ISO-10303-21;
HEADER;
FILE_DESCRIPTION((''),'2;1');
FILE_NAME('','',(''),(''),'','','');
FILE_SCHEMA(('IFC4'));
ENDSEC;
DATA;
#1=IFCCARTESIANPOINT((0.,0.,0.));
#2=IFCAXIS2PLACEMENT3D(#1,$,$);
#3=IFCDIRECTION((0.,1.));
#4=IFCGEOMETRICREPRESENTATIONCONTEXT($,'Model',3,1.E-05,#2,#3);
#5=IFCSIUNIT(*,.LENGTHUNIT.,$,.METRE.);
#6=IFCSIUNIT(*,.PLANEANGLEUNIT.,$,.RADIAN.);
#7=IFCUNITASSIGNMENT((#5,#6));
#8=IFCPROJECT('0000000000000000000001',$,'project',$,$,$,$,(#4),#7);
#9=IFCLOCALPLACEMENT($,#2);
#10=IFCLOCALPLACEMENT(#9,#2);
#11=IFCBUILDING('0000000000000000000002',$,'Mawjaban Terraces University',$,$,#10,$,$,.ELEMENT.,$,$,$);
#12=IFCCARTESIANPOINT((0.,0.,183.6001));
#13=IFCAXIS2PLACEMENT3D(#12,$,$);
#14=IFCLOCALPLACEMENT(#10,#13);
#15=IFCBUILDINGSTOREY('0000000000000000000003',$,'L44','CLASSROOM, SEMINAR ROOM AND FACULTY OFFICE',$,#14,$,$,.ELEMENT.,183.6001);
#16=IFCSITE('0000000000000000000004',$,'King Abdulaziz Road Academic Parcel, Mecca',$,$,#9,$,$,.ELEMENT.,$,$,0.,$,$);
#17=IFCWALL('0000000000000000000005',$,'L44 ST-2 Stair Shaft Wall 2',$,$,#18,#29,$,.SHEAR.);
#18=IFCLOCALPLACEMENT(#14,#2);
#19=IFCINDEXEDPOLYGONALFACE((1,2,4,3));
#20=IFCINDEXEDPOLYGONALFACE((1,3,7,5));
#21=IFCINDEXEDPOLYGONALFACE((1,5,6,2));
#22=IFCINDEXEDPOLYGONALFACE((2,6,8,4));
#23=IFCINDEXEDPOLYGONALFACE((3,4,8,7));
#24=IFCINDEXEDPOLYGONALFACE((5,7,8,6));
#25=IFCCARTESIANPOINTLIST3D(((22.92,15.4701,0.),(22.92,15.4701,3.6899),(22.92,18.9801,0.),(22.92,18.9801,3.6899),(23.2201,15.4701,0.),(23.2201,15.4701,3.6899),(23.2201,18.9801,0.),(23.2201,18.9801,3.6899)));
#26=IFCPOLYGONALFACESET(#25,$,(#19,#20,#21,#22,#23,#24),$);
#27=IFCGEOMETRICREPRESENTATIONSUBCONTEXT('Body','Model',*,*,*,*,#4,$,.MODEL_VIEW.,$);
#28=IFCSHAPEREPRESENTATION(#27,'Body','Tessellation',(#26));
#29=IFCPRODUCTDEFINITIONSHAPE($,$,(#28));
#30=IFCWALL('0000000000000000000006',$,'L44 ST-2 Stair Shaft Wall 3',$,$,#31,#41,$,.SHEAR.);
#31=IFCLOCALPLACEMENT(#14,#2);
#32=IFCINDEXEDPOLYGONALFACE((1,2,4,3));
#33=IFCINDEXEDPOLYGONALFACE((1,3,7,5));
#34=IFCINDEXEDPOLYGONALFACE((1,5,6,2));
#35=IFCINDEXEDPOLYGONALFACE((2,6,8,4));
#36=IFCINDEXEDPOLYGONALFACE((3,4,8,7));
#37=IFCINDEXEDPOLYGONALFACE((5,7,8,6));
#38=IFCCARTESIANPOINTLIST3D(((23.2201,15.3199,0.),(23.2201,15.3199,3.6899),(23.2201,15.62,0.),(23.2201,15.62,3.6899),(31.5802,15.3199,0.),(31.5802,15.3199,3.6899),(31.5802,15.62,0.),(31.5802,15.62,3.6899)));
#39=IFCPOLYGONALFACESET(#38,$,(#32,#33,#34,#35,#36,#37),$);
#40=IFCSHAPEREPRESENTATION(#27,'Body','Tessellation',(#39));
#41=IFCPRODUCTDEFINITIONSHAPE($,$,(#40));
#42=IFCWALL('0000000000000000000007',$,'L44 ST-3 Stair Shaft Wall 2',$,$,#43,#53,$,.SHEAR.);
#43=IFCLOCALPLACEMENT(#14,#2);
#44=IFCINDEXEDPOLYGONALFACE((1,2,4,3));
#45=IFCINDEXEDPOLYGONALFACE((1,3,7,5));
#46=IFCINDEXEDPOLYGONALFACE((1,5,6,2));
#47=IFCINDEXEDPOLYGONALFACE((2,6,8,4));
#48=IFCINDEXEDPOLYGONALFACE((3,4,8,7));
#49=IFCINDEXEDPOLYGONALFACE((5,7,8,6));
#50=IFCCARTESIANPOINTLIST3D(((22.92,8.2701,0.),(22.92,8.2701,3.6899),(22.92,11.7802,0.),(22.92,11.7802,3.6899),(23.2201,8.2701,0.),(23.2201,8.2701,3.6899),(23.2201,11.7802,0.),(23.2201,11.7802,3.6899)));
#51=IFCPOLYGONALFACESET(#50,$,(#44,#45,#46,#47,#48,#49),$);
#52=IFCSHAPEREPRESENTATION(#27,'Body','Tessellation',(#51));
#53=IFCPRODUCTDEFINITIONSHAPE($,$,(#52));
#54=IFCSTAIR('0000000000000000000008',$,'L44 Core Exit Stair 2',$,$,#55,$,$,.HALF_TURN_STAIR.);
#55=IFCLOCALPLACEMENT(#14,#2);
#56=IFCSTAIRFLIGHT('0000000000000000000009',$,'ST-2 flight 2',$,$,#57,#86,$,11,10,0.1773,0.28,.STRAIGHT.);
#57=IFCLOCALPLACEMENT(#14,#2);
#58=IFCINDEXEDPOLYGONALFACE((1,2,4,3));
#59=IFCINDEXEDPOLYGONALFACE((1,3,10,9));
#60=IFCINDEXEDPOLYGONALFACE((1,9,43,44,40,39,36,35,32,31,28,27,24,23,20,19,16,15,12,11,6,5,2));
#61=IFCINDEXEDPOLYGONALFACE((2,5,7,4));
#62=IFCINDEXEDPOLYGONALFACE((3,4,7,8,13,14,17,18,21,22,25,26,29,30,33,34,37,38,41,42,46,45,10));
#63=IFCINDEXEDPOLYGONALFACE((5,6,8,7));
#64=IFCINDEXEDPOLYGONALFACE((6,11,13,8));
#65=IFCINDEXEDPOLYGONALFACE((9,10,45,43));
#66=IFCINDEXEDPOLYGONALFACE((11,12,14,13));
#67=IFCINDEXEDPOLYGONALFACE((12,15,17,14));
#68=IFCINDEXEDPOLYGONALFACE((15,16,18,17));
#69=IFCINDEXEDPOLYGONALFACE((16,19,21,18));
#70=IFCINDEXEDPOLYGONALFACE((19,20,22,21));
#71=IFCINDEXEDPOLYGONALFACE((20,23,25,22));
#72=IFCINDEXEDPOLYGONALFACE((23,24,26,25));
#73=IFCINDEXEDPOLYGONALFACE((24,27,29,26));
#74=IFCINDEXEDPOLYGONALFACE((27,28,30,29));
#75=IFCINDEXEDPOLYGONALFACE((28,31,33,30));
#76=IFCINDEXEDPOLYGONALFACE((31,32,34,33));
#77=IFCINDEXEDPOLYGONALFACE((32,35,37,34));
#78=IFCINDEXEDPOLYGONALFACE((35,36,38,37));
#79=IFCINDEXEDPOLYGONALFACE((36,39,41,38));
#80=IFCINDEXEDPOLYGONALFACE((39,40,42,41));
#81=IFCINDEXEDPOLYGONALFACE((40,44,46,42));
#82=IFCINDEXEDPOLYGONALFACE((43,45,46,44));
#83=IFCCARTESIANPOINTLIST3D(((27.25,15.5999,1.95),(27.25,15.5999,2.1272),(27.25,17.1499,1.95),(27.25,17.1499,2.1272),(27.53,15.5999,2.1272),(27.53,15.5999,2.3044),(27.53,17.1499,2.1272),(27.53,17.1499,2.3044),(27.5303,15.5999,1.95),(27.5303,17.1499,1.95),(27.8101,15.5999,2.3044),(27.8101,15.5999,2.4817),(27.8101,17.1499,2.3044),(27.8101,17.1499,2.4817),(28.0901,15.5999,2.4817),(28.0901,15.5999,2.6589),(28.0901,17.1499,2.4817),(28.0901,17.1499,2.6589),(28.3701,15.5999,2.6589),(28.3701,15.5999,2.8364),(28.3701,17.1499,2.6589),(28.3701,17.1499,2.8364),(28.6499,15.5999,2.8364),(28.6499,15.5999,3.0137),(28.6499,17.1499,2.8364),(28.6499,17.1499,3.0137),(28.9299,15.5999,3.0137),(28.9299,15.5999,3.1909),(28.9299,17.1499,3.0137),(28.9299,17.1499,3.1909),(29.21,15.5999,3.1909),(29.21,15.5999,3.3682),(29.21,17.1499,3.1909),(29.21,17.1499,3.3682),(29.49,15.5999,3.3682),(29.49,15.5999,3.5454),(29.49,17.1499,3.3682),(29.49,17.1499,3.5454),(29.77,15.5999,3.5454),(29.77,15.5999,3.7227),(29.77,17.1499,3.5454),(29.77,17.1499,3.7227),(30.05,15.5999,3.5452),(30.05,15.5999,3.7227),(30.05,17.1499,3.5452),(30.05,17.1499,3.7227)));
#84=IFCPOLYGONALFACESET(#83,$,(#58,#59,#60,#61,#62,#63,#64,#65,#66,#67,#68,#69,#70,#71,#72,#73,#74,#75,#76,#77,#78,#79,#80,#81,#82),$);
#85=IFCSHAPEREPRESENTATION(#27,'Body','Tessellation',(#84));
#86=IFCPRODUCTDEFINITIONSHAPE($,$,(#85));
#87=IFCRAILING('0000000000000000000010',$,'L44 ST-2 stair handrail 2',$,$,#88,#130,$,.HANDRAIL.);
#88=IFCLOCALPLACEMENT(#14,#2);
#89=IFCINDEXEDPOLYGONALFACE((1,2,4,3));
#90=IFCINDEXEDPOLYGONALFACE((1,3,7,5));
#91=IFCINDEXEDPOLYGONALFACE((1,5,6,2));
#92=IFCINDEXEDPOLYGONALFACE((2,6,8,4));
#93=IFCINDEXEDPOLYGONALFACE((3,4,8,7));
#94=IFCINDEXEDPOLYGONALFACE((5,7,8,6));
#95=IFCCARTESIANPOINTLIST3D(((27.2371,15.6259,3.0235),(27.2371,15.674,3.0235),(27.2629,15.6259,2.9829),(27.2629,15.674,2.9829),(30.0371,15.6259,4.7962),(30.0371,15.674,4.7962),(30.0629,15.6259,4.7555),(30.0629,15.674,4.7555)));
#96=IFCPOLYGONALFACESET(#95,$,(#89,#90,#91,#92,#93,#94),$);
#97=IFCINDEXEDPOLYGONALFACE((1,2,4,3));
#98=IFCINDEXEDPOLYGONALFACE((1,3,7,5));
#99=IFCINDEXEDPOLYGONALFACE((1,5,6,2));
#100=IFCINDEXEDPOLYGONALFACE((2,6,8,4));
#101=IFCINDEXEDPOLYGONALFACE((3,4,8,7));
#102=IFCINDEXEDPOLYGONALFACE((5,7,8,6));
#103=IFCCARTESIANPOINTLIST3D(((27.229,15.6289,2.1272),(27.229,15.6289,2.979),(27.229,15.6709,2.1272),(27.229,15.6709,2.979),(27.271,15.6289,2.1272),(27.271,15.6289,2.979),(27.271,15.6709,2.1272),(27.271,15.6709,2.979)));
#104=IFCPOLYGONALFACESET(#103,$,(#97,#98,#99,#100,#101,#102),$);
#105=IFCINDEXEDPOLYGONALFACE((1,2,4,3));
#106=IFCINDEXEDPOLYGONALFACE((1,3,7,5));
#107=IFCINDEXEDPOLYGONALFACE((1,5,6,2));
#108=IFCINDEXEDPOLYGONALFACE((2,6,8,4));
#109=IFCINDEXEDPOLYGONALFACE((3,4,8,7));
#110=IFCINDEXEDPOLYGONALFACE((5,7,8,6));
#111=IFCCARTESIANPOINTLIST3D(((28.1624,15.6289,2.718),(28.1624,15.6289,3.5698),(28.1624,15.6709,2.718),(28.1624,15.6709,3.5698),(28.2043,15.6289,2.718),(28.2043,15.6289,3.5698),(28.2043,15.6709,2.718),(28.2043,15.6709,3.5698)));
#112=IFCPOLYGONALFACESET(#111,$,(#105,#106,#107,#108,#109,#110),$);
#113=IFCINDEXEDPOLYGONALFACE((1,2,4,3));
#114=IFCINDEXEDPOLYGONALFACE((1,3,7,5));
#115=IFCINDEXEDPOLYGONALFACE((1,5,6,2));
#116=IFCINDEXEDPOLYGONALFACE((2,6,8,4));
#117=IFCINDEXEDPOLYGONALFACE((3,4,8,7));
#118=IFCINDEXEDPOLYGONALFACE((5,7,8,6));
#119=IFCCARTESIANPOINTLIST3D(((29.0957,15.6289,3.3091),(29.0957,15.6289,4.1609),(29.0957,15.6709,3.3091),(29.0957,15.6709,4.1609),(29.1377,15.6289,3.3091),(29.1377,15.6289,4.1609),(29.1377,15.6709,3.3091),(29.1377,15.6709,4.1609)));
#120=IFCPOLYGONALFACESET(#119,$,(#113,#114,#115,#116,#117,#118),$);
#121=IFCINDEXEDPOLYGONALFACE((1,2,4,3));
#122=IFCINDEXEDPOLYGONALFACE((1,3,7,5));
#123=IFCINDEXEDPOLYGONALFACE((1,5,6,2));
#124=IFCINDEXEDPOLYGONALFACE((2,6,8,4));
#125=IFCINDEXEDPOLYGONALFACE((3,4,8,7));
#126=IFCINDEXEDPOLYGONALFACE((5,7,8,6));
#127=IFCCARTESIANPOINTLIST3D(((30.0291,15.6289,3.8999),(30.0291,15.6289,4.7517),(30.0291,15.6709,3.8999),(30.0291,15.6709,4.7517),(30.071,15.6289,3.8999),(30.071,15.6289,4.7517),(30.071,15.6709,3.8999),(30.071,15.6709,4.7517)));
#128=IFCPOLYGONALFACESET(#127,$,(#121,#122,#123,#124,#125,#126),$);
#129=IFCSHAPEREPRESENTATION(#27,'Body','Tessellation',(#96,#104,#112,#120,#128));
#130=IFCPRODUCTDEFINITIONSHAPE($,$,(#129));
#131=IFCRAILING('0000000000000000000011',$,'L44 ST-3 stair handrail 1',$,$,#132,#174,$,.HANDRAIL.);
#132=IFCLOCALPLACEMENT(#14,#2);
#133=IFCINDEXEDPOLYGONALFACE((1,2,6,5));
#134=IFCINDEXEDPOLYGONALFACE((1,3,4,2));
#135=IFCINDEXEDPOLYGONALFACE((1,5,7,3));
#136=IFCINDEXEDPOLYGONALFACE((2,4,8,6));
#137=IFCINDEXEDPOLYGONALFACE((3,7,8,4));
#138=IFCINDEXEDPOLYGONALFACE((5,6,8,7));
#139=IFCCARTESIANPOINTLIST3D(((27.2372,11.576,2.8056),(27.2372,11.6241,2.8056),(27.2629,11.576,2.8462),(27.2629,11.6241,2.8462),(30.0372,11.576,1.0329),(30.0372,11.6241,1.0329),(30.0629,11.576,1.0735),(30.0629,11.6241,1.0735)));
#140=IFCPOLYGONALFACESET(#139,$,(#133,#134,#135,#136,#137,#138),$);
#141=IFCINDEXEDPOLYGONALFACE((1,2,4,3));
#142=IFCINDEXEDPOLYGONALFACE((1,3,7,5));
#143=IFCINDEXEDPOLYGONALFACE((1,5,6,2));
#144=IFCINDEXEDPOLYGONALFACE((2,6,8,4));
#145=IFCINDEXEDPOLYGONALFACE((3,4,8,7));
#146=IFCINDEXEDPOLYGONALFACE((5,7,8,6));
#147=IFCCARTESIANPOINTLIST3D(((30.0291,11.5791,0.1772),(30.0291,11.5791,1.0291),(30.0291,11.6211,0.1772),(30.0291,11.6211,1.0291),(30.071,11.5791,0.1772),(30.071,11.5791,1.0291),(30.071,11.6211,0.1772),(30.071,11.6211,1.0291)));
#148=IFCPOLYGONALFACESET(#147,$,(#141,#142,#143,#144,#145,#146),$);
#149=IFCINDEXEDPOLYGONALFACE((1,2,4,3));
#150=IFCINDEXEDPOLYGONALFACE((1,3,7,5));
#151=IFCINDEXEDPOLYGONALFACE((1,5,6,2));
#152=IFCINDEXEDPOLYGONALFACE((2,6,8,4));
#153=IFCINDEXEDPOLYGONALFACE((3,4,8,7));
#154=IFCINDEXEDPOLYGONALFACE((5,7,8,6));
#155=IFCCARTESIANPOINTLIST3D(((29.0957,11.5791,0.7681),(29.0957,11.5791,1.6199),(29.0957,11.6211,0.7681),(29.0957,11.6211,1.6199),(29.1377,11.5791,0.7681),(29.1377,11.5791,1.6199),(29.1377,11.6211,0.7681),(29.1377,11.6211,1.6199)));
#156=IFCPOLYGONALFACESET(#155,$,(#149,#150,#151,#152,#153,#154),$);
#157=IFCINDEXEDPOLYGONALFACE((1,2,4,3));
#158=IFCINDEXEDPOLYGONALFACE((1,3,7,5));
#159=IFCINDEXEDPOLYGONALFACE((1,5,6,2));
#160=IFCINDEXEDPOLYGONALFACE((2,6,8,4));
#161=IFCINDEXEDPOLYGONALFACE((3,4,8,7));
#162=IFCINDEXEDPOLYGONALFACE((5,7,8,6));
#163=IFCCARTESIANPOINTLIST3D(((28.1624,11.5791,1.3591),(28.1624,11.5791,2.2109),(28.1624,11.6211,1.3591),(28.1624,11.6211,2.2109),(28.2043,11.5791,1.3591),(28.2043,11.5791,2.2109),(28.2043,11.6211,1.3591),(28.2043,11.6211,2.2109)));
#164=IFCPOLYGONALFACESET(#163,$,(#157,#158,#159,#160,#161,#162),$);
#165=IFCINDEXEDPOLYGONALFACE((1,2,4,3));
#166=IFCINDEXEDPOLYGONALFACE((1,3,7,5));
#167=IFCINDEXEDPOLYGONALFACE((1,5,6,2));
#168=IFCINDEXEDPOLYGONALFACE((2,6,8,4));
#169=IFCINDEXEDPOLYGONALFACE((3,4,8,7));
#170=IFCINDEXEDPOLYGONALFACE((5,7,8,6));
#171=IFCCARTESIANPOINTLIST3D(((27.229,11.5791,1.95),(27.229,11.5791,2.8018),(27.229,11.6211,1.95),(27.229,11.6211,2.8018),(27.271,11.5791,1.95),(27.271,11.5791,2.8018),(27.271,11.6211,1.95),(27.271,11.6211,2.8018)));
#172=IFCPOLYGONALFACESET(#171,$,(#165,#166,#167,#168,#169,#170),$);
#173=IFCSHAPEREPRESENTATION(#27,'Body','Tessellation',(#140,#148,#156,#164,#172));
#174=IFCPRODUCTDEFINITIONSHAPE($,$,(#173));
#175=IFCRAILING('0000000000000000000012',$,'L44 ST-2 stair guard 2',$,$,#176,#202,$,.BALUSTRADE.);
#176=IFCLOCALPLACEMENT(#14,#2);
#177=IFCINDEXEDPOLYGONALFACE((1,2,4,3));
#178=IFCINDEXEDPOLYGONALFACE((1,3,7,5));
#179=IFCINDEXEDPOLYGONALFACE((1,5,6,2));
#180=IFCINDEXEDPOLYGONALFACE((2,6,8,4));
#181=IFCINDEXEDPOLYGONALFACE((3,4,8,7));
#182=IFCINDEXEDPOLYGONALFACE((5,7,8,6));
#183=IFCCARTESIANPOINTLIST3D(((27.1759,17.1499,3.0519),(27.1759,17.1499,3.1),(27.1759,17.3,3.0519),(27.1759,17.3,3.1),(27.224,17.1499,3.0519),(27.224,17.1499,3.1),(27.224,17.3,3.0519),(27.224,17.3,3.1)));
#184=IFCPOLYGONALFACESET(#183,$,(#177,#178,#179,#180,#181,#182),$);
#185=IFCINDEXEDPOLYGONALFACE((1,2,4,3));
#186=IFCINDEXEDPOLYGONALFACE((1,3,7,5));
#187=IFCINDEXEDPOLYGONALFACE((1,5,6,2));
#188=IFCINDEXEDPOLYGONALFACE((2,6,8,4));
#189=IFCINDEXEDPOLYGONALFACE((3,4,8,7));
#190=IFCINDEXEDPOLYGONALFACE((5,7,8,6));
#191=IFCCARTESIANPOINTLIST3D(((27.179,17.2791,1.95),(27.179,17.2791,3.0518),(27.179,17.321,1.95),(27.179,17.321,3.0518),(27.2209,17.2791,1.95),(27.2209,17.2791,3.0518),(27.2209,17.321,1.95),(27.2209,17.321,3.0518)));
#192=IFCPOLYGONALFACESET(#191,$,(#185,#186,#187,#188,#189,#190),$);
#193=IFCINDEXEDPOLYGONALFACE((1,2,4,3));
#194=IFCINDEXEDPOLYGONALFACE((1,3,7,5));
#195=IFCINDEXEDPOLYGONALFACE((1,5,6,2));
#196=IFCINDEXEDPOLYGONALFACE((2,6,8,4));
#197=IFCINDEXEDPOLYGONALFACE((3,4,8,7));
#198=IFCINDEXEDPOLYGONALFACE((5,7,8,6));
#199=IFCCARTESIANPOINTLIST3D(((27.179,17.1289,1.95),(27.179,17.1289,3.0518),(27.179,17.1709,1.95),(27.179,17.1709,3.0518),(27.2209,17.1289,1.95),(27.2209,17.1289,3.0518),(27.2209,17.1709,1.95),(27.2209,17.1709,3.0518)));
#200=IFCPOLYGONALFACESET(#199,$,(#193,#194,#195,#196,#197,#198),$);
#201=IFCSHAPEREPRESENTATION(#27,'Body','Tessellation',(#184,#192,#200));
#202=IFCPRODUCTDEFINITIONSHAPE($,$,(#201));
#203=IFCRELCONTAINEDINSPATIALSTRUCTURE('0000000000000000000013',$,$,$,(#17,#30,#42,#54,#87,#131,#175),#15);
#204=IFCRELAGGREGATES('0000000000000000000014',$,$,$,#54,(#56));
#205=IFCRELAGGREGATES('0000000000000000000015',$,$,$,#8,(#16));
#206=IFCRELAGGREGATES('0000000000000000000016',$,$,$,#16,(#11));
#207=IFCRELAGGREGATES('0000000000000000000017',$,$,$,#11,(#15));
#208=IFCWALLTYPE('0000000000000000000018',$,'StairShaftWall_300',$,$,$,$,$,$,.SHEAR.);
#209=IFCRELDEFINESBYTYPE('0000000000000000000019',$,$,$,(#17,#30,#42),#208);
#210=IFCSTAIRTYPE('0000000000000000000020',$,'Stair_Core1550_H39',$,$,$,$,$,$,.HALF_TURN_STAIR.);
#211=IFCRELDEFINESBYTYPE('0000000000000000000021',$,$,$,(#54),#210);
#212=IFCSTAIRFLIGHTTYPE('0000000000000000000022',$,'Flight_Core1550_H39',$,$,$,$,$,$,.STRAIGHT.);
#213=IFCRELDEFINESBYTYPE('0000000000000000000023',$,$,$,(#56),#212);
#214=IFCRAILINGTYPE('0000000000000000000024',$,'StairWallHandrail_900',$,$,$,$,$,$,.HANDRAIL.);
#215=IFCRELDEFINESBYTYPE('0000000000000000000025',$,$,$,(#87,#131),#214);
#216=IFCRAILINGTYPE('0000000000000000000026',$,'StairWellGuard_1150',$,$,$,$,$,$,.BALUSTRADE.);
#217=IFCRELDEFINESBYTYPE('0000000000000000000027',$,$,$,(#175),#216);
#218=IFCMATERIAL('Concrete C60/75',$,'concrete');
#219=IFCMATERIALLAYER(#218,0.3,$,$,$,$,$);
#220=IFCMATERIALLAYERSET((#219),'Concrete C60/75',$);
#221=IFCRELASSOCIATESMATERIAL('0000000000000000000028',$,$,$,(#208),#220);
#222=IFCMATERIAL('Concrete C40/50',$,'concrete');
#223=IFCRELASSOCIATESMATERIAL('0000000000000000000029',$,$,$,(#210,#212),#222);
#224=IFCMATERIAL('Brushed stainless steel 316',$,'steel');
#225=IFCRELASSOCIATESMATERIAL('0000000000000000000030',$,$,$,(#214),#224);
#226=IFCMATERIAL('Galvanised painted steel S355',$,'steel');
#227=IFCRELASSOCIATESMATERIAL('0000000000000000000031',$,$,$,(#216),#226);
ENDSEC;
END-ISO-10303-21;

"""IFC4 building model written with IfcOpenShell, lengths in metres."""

from ifc_helpers import new_model, si_unit, direction, frame, frame_2d, origin, origin_2d, place, context, subcontext, project, spatial, polyline, rectangle, outline, extrude, material, layer, layer_set, type_object, element, aggregate, save


model = new_model("IFC4")

# Units and contexts
model_context = context("Model", 3, precision=1e-05, world=origin(), true_north=direction((0.0, 1.0)))
body_context = subcontext(model_context, "Body", "Model", "MODEL_VIEW")
ifc_project = project(units=[si_unit("LENGTHUNIT", "METRE"), si_unit("PLANEANGLEUNIT", "RADIAN")], contexts=[model_context])

# Site, building, storey
site_placement = place(None, origin())
site = spatial("IfcSite", under=ifc_project, at=site_placement, Name="King Abdulaziz Road Academic Parcel, Mecca", CompositionType="ELEMENT", RefElevation=0.0)
building_placement = place(site_placement, origin())
building = spatial("IfcBuilding", under=site, at=building_placement, Name="Mawjaban Terraces University", CompositionType="ELEMENT")
storey_placement = place(building_placement, frame((0.0, 0.0, 183.6001)))
storey = spatial("IfcBuildingStorey", under=building, at=storey_placement, Name="L44", Description="CLASSROOM, SEMINAR ROOM AND FACULTY OFFICE", CompositionType="ELEMENT", Elevation=183.6001)

# Shared definitions
ifc_material_1 = material(Name="Concrete C60/75", Category="concrete")

# Walls
ifc_material_2 = material(Name="Concrete C40/50", Category="concrete")
ifc_layer_1 = layer(ifc_material_1, 0.3)
ifc_layer_set_1 = layer_set([ifc_layer_1], Name="Concrete C60/75")
wall_type_1 = type_object("IfcWallType", Name="StairShaftWall_300", PredefinedType="SHEAR", material=ifc_layer_set_1)
wall_1_placement = place(storey_placement, frame((23.0701, 18.98, 0.0), z_axis=(0.0, 0.0, 1.0), x_axis=(0.0, -1.0, 0.0)))
element("IfcWall", 1, at=wall_1_placement, inside=storey, type_object=wall_type_1, Name="L44 ST-2 Stair Shaft Wall 2", PredefinedType="SHEAR", context=body_context, shape_type="SweptSolid", body=[
    extrude(rectangle(XDim=3.51, YDim=0.3, at=frame_2d((1.7549, 0.0))), origin(), (0.0, 0.0, 1.0), 3.6899),
])
wall_2_placement = place(storey_placement, frame((23.22, 15.47, 0.0), z_axis=(0.0, 0.0, 1.0), x_axis=(1.0, 0.0, 0.0)))
element("IfcWall", 2, at=wall_2_placement, inside=storey, type_object=wall_type_1, Name="L44 ST-2 Stair Shaft Wall 3", PredefinedType="SHEAR", context=body_context, shape_type="SweptSolid", body=[
    extrude(rectangle(XDim=8.3601, YDim=0.3, at=frame_2d((4.1802, 0.0))), origin(), (0.0, 0.0, 1.0), 3.6899),
])
wall_3_placement = place(storey_placement, frame((23.0701, 11.78, 0.0), z_axis=(0.0, 0.0, 1.0), x_axis=(0.0, -1.0, 0.0)))
element("IfcWall", 3, at=wall_3_placement, inside=storey, type_object=wall_type_1, Name="L44 ST-3 Stair Shaft Wall 2", PredefinedType="SHEAR", context=body_context, shape_type="SweptSolid", body=[
    extrude(rectangle(XDim=3.51, YDim=0.3, at=frame_2d((1.7549, 0.0))), origin(), (0.0, 0.0, 1.0), 3.6899),
])

# Stair, stair flight
stair_type = type_object("IfcStairType", Name="Stair_Core1550_H39", PredefinedType="HALF_TURN_STAIR", material=ifc_material_2)
stair_placement = place(storey_placement, origin())
stair = element("IfcStair", 4, at=stair_placement, inside=storey, type_object=stair_type, Name="L44 Core Exit Stair 2", PredefinedType="HALF_TURN_STAIR")
stair_flight_type = type_object("IfcStairFlightType", Name="Flight_Core1550_H39", PredefinedType="STRAIGHT", material=ifc_material_2)
stair_flight_placement = place(storey_placement, frame((27.25, 16.375, 1.95), z_axis=(0.0, 0.0, 1.0), x_axis=(1.0, 0.0, 0.0)))
stair_flight = element("IfcStairFlight", 5, at=stair_flight_placement, type_object=stair_flight_type, Name="ST-2 flight 2", NumberOfRisers=11, NumberOfTreads=10, PredefinedType="STRAIGHT", RiserHeight=0.1773, TreadLength=0.28, context=body_context, shape_type="SweptSolid", body=[
    extrude(outline(polyline([(0.0, 0.0), (0.0, 0.1772), (0.28, 0.1772), (0.28, 0.3545), (0.5601, 0.3545), (0.5601, 0.5317), (0.8401, 0.5317), (0.8401, 0.709), (1.1201, 0.709), (1.1201, 0.8865), (1.3999, 0.8865), (1.3999, 1.0637), (1.6799, 1.0637), (1.6799, 1.241), (1.96, 1.241), (1.96, 1.4182), (2.24, 1.4182), (2.24, 1.5955), (2.52, 1.5955), (2.52, 1.7727), (2.8, 1.7727), (2.8, 1.95), (2.8, 1.5952), (0.2803, 0.0), (0.0, 0.0)])), frame((0.0, 0.7749, 0.0), z_axis=(0.0, -1.0, 0.0), x_axis=(1.0, 0.0, 0.0)), (0.0, 0.0, 1.0), 1.55),
])
aggregate(stair, [stair_flight])

# Railings
ifc_material_3 = material(Name="Brushed stainless steel 316", Category="steel")
railing_type_1 = type_object("IfcRailingType", Name="StairWallHandrail_900", PredefinedType="HANDRAIL", material=ifc_material_3)
railing_1_placement = place(storey_placement, frame((27.25, 15.6499, 2.1272)))
element("IfcRailing", 6, at=railing_1_placement, inside=storey, type_object=railing_type_1, Name="L44 ST-2 stair handrail 2", PredefinedType="HANDRAIL", context=body_context, shape_type="SweptSolid", body=[
    extrude(rectangle(XDim=0.0481, YDim=0.0481, at=origin_2d()), frame((0.0, 0.0, 0.876), z_axis=(0.844909, 0.0, 0.53491), x_axis=(0.0, 1.0, 0.0)), (0.0, 0.0, 1.0), 3.314),
    extrude(rectangle(XDim=0.042, YDim=0.042, at=origin_2d()), origin(), (0.0, 0.0, 1.0), 0.8518),
    extrude(rectangle(XDim=0.042, YDim=0.042, at=origin_2d()), frame((0.9333, 0.0, 0.5908)), (0.0, 0.0, 1.0), 0.8518),
    extrude(rectangle(XDim=0.042, YDim=0.042, at=origin_2d()), frame((1.8667, 0.0, 1.1819)), (0.0, 0.0, 1.0), 0.8518),
    extrude(rectangle(XDim=0.042, YDim=0.042, at=origin_2d()), frame((2.8, 0.0, 1.7727)), (0.0, 0.0, 1.0), 0.8518),
])
railing_2_placement = place(storey_placement, frame((30.05, 11.6001, 0.1772)))
element("IfcRailing", 7, at=railing_2_placement, inside=storey, type_object=railing_type_1, Name="L44 ST-3 stair handrail 1", PredefinedType="HANDRAIL", context=body_context, shape_type="SweptSolid", body=[
    extrude(rectangle(XDim=0.0481, YDim=0.0481, at=origin_2d()), frame((0.0, 0.0, 0.876), z_axis=(-0.844909, 0.0, 0.53491), x_axis=(0.0, -1.0, 0.0)), (0.0, 0.0, 1.0), 3.314),
    extrude(rectangle(XDim=0.042, YDim=0.042, at=origin_2d()), origin(), (0.0, 0.0, 1.0), 0.8518),
    extrude(rectangle(XDim=0.042, YDim=0.042, at=origin_2d()), frame((-0.9333, 0.0, 0.5908)), (0.0, 0.0, 1.0), 0.8518),
    extrude(rectangle(XDim=0.042, YDim=0.042, at=origin_2d()), frame((-1.8667, 0.0, 1.1819)), (0.0, 0.0, 1.0), 0.8518),
    extrude(rectangle(XDim=0.042, YDim=0.042, at=origin_2d()), frame((-2.8, 0.0, 1.7727)), (0.0, 0.0, 1.0), 0.8518),
])
ifc_material_4 = material(Name="Galvanised painted steel S355", Category="steel")
railing_type_2 = type_object("IfcRailingType", Name="StairWellGuard_1150", PredefinedType="BALUSTRADE", material=ifc_material_4)
railing_3_placement = place(storey_placement, frame((27.2, 17.3, 1.95)))
element("IfcRailing", 8, at=railing_3_placement, inside=storey, type_object=railing_type_2, Name="L44 ST-2 stair guard 2", PredefinedType="BALUSTRADE", context=body_context, shape_type="SweptSolid", body=[
    extrude(rectangle(XDim=0.0481, YDim=0.0481, at=origin_2d()), frame((0.0, 0.0, 1.126), z_axis=(0.0, -1.0, 0.0), x_axis=(1.0, 0.0, 0.0)), (0.0, 0.0, 1.0), 0.1501),
    extrude(rectangle(XDim=0.042, YDim=0.042, at=origin_2d()), origin(), (0.0, 0.0, 1.0), 1.1018),
    extrude(rectangle(XDim=0.042, YDim=0.042, at=origin_2d()), frame((0.0, -0.1501, 0.0)), (0.0, 0.0, 1.0), 1.1018),
])

save(model, "model.ifc")
